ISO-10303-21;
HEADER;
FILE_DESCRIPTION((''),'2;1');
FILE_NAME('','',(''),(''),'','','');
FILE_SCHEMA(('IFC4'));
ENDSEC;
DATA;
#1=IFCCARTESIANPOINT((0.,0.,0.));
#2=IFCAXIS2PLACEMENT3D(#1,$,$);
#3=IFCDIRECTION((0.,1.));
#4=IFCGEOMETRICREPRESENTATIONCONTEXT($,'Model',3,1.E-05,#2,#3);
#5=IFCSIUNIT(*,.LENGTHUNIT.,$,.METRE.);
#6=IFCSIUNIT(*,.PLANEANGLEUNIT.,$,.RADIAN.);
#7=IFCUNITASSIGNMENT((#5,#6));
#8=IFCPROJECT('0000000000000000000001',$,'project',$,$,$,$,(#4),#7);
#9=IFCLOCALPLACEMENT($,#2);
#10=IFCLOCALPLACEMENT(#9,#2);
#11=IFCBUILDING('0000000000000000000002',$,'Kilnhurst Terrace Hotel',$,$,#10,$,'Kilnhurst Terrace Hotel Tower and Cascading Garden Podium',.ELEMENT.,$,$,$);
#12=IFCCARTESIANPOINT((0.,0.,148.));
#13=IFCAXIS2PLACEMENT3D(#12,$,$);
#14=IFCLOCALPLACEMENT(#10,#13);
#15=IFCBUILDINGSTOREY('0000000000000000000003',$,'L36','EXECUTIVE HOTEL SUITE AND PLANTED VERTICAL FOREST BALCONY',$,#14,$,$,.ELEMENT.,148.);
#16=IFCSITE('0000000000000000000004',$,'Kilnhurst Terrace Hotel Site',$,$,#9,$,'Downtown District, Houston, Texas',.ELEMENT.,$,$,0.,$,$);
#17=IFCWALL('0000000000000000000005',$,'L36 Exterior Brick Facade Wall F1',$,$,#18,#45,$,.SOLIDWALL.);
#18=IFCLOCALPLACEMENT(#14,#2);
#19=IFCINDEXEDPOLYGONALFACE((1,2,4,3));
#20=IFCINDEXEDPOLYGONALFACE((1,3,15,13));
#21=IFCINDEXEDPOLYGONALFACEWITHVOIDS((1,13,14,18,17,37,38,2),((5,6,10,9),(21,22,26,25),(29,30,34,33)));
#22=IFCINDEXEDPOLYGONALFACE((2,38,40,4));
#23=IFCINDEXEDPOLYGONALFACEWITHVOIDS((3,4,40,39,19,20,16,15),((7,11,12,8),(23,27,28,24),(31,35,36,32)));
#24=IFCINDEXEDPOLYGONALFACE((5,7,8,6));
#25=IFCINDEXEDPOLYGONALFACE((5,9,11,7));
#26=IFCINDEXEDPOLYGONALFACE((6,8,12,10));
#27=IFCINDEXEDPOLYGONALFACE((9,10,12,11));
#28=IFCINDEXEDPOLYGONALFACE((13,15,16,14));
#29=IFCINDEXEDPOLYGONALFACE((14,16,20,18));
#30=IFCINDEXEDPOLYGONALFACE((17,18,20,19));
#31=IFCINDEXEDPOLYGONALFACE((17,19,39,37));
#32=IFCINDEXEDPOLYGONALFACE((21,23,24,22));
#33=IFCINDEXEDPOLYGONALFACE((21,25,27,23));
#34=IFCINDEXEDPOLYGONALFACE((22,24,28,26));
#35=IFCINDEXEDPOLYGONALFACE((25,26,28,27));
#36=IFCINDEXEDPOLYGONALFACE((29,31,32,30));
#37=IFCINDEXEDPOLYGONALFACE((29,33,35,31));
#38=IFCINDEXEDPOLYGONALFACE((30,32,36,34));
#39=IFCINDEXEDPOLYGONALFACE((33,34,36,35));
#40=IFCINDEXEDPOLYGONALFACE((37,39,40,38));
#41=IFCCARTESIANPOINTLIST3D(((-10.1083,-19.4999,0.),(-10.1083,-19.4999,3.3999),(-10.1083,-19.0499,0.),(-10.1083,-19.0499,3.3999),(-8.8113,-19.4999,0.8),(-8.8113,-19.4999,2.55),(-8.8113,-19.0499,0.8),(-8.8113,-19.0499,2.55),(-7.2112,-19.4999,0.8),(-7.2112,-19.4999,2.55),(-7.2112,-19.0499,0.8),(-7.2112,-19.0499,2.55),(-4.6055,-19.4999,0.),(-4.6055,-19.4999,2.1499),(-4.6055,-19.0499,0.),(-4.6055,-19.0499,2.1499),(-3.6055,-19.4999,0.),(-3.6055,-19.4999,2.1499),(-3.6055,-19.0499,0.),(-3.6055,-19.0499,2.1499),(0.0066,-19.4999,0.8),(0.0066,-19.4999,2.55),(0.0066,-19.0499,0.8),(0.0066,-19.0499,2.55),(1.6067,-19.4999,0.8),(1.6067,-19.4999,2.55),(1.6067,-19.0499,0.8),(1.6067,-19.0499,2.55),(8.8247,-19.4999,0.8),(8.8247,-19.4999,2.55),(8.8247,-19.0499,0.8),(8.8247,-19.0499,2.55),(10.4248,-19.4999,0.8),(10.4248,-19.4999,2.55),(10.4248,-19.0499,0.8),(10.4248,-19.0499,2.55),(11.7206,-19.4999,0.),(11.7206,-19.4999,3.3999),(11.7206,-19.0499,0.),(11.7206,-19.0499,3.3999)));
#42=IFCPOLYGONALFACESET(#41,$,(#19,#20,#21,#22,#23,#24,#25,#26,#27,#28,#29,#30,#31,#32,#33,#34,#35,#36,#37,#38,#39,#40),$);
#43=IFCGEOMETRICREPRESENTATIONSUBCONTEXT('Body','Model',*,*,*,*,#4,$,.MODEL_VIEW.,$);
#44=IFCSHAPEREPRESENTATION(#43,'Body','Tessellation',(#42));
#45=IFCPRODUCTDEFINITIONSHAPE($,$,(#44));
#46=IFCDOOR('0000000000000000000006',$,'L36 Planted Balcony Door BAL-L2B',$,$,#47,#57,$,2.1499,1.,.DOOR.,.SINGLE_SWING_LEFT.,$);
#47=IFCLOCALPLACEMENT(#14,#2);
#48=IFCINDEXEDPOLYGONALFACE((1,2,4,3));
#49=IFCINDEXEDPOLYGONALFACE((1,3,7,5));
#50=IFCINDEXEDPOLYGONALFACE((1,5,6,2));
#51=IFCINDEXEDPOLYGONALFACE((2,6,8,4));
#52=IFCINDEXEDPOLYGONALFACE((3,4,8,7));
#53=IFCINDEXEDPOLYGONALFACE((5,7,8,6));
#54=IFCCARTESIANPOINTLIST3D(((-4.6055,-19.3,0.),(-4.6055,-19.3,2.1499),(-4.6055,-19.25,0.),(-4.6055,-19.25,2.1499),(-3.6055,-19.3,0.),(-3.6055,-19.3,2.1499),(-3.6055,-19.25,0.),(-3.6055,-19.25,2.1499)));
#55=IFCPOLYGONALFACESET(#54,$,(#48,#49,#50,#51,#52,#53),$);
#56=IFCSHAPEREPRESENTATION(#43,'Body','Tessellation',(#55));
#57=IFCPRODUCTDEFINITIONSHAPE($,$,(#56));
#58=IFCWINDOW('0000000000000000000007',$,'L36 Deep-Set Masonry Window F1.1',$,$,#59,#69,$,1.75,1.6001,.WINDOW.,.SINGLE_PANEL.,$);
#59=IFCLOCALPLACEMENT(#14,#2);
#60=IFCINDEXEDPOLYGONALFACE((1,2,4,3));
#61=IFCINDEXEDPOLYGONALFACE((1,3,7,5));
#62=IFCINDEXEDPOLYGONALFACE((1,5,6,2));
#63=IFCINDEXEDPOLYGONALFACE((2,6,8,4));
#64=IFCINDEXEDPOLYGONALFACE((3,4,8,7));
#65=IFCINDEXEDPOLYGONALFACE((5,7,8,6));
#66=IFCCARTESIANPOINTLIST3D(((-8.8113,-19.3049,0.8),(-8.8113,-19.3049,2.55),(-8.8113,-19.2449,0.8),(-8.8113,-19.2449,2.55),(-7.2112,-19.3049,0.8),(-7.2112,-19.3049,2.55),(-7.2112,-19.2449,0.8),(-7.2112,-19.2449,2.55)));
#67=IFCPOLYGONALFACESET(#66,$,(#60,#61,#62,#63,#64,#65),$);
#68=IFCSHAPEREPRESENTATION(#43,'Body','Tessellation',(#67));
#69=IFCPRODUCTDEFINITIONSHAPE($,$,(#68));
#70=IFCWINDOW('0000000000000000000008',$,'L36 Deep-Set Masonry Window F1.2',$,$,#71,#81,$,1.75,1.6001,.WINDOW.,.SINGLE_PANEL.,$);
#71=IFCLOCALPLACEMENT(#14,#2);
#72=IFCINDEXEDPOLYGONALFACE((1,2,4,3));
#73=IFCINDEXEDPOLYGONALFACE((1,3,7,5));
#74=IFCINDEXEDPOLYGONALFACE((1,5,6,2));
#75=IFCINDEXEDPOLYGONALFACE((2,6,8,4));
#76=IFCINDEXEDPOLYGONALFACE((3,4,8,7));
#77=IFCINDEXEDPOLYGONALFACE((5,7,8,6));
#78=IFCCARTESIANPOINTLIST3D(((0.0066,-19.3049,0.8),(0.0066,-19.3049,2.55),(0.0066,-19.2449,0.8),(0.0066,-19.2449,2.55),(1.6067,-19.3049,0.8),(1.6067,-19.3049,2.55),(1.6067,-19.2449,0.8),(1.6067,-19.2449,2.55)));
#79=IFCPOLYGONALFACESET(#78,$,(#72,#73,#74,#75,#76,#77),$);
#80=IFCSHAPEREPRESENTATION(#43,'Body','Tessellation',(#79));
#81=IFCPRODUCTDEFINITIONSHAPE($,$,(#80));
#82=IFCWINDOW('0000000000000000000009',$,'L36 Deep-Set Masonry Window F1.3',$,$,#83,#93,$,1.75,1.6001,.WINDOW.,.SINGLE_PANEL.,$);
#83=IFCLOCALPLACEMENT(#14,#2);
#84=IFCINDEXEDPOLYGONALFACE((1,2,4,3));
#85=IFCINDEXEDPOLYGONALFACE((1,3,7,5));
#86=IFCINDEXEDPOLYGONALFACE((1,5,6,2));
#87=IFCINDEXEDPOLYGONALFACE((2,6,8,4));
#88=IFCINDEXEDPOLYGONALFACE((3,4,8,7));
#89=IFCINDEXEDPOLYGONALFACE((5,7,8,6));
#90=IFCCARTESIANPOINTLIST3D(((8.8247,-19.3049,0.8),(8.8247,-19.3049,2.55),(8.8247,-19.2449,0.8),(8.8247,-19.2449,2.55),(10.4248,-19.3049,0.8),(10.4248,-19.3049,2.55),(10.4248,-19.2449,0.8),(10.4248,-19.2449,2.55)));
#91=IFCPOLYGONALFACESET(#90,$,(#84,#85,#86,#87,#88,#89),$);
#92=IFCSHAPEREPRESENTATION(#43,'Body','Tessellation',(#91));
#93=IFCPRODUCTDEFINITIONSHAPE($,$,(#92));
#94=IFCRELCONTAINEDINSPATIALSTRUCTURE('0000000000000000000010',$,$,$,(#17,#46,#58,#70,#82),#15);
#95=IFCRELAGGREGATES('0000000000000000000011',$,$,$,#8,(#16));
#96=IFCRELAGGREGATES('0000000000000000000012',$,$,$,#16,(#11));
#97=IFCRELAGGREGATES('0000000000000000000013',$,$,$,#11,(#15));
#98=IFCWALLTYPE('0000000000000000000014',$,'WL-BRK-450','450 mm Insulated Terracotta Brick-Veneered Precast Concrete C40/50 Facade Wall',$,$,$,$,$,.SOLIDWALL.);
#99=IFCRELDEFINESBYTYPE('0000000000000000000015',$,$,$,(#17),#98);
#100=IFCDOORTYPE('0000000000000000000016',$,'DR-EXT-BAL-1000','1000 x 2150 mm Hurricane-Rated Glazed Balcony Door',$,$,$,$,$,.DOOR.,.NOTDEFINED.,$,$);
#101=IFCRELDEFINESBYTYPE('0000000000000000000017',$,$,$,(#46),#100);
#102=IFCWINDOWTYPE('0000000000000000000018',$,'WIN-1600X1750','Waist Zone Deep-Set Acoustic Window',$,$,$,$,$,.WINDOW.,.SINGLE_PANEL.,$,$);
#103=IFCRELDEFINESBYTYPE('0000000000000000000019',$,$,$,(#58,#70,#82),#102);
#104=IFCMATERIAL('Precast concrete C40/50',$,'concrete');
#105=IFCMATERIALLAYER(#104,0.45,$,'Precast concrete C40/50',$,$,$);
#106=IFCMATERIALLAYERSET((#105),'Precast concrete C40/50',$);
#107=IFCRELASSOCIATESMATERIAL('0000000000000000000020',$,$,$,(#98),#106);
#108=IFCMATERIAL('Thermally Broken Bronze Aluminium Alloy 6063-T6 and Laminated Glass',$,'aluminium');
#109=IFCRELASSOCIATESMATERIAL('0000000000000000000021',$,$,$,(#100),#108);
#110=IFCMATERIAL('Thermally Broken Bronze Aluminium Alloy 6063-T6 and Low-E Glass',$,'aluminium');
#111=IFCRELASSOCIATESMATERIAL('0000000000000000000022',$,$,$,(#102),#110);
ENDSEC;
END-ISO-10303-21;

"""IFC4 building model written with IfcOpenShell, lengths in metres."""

from ifc_helpers import new_model, si_unit, direction, frame, frame_2d, origin, place, context, subcontext, project, spatial, rectangle, extrude, material, layer, layer_set, type_object, element, fill, save


model = new_model("IFC4")

# Units and contexts
model_context = context("Model", 3, precision=1e-05, world=origin(), true_north=direction((0.0, 1.0)))
body_context = subcontext(model_context, "Body", "Model", "MODEL_VIEW")
ifc_project = project(units=[si_unit("LENGTHUNIT", "METRE"), si_unit("PLANEANGLEUNIT", "RADIAN")], contexts=[model_context])

# Site, building, storey
site_placement = place(None, origin())
site = spatial("IfcSite", under=ifc_project, at=site_placement, Name="Kilnhurst Terrace Hotel Site", LongName="Downtown District, Houston, Texas", CompositionType="ELEMENT", RefElevation=0.0)
building_placement = place(site_placement, origin())
building = spatial("IfcBuilding", under=site, at=building_placement, Name="Kilnhurst Terrace Hotel", LongName="Kilnhurst Terrace Hotel Tower and Cascading Garden Podium", CompositionType="ELEMENT")
storey_placement = place(building_placement, frame((0.0, 0.0, 148.0)))
storey = spatial("IfcBuildingStorey", under=building, at=storey_placement, Name="L36", Description="EXECUTIVE HOTEL SUITE AND PLANTED VERTICAL FOREST BALCONY", CompositionType="ELEMENT", Elevation=148.0)

# Shared definitions
ifc_material_1 = material(Name="Precast concrete C40/50", Category="concrete")
ifc_layer_1 = layer(ifc_material_1, 0.45, Name="Precast concrete C40/50")
ifc_layer_set_1 = layer_set([ifc_layer_1], Name="Precast concrete C40/50")
wall_type_1 = type_object("IfcWallType", Name="WL-BRK-450", Description="450 mm Insulated Terracotta Brick-Veneered Precast Concrete C40/50 Facade Wall", PredefinedType="SOLIDWALL", material=ifc_layer_set_1)

# Wall, openings, door, windows
wall_1_placement = place(storey_placement, frame((-10.1084, -19.2749, 0.0), z_axis=(0.0, 0.0, 1.0), x_axis=(1.0, 0.0, 0.0)))
wall_1 = element("IfcWall", 1, at=wall_1_placement, inside=storey, type_object=wall_type_1, Name="L36 Exterior Brick Facade Wall F1", PredefinedType="SOLIDWALL", context=body_context, shape_type="SweptSolid", body=[
    extrude(rectangle(XDim=21.8289, YDim=0.45, at=frame_2d((10.9146, 0.0))), origin(), (0.0, 0.0, 1.0), 3.3999),
])
opening_1_placement = place(wall_1_placement, frame((5.5029, 0.0, 0.0)))
opening_1 = element("IfcOpeningElement", 2, at=opening_1_placement, cuts=wall_1, PredefinedType="OPENING", context=body_context, shape_type="SweptSolid", body=[
    extrude(rectangle(XDim=1.0, YDim=2.1499, at=frame_2d((0.5, 1.075))), frame((0.0, 0.2349, 0.0), z_axis=(0.0, -1.0, 0.0), x_axis=(1.0, 0.0, 0.0)), (0.0, 0.0, 1.0), 0.47),
])
opening_2_placement = place(wall_1_placement, frame((1.2971, 0.0, 0.8)))
opening_2 = element("IfcOpeningElement", 3, at=opening_2_placement, cuts=wall_1, PredefinedType="OPENING", context=body_context, shape_type="SweptSolid", body=[
    extrude(rectangle(XDim=1.6001, YDim=1.75, at=frame_2d((0.8, 0.875))), frame((0.0, 0.2349, 0.0), z_axis=(0.0, -1.0, 0.0), x_axis=(1.0, 0.0, 0.0)), (0.0, 0.0, 1.0), 0.47),
])
opening_3_placement = place(wall_1_placement, frame((10.115, 0.0, 0.8)))
opening_3 = element("IfcOpeningElement", 4, at=opening_3_placement, cuts=wall_1, PredefinedType="OPENING", context=body_context, shape_type="SweptSolid", body=[
    extrude(rectangle(XDim=1.6001, YDim=1.75, at=frame_2d((0.8, 0.875))), frame((0.0, 0.2349, 0.0), z_axis=(0.0, -1.0, 0.0), x_axis=(1.0, 0.0, 0.0)), (0.0, 0.0, 1.0), 0.47),
])
opening_4_placement = place(wall_1_placement, frame((18.9331, 0.0, 0.8)))
opening_4 = element("IfcOpeningElement", 5, at=opening_4_placement, cuts=wall_1, PredefinedType="OPENING", context=body_context, shape_type="SweptSolid", body=[
    extrude(rectangle(XDim=1.6001, YDim=1.75, at=frame_2d((0.8, 0.875))), frame((0.0, 0.2349, 0.0), z_axis=(0.0, -1.0, 0.0), x_axis=(1.0, 0.0, 0.0)), (0.0, 0.0, 1.0), 0.47),
])
ifc_material_2 = material(Name="Thermally Broken Bronze Aluminium Alloy 6063-T6 and Laminated Glass", Category="aluminium")
door_type_1 = type_object("IfcDoorType", Name="DR-EXT-BAL-1000", Description="1000 x 2150 mm Hurricane-Rated Glazed Balcony Door", OperationType="NOTDEFINED", PredefinedType="DOOR", material=ifc_material_2)
door_1_placement = place(opening_1_placement, origin())
door_1 = element("IfcDoor", 6, at=door_1_placement, inside=storey, type_object=door_type_1, Name="L36 Planted Balcony Door BAL-L2B", OperationType="SINGLE_SWING_LEFT", OverallHeight=2.1499, OverallWidth=1.0, PredefinedType="DOOR", context=body_context, shape_type="SweptSolid", body=[
    extrude(rectangle(XDim=1.0, YDim=2.1499, at=frame_2d((0.5, 1.075))), frame((0.0, 0.0249, 0.0), z_axis=(0.0, -1.0, 0.0), x_axis=(1.0, 0.0, 0.0)), (0.0, 0.0, 1.0), 0.05),
])
fill(opening_1, door_1)
ifc_material_3 = material(Name="Thermally Broken Bronze Aluminium Alloy 6063-T6 and Low-E Glass", Category="aluminium")
window_type = type_object("IfcWindowType", Name="WIN-1600X1750", Description="Waist Zone Deep-Set Acoustic Window", PartitioningType="SINGLE_PANEL", PredefinedType="WINDOW", material=ifc_material_3)
window_1_placement = place(opening_2_placement, origin())
window_1 = element("IfcWindow", 7, at=window_1_placement, inside=storey, type_object=window_type, Name="L36 Deep-Set Masonry Window F1.1", OverallHeight=1.75, OverallWidth=1.6001, PartitioningType="SINGLE_PANEL", PredefinedType="WINDOW", context=body_context, shape_type="SweptSolid", body=[
    extrude(rectangle(XDim=1.6001, YDim=1.75, at=frame_2d((0.8, 0.875))), frame((0.0, 0.03, 0.0), z_axis=(0.0, -1.0, 0.0), x_axis=(1.0, 0.0, 0.0)), (0.0, 0.0, 1.0), 0.0601),
])
fill(opening_2, window_1)
window_2_placement = place(opening_3_placement, origin())
window_2 = element("IfcWindow", 8, at=window_2_placement, inside=storey, type_object=window_type, Name="L36 Deep-Set Masonry Window F1.2", OverallHeight=1.75, OverallWidth=1.6001, PartitioningType="SINGLE_PANEL", PredefinedType="WINDOW", context=body_context, shape_type="SweptSolid", body=[
    extrude(rectangle(XDim=1.6001, YDim=1.75, at=frame_2d((0.8, 0.875))), frame((0.0, 0.03, 0.0), z_axis=(0.0, -1.0, 0.0), x_axis=(1.0, 0.0, 0.0)), (0.0, 0.0, 1.0), 0.0601),
])
fill(opening_3, window_2)
window_3_placement = place(opening_4_placement, origin())
window_3 = element("IfcWindow", 9, at=window_3_placement, inside=storey, type_object=window_type, Name="L36 Deep-Set Masonry Window F1.3", OverallHeight=1.75, OverallWidth=1.6001, PartitioningType="SINGLE_PANEL", PredefinedType="WINDOW", context=body_context, shape_type="SweptSolid", body=[
    extrude(rectangle(XDim=1.6001, YDim=1.75, at=frame_2d((0.8, 0.875))), frame((0.0, 0.03, 0.0), z_axis=(0.0, -1.0, 0.0), x_axis=(1.0, 0.0, 0.0)), (0.0, 0.0, 1.0), 0.0601),
])
fill(opening_4, window_3)

save(model, "model.ifc")
